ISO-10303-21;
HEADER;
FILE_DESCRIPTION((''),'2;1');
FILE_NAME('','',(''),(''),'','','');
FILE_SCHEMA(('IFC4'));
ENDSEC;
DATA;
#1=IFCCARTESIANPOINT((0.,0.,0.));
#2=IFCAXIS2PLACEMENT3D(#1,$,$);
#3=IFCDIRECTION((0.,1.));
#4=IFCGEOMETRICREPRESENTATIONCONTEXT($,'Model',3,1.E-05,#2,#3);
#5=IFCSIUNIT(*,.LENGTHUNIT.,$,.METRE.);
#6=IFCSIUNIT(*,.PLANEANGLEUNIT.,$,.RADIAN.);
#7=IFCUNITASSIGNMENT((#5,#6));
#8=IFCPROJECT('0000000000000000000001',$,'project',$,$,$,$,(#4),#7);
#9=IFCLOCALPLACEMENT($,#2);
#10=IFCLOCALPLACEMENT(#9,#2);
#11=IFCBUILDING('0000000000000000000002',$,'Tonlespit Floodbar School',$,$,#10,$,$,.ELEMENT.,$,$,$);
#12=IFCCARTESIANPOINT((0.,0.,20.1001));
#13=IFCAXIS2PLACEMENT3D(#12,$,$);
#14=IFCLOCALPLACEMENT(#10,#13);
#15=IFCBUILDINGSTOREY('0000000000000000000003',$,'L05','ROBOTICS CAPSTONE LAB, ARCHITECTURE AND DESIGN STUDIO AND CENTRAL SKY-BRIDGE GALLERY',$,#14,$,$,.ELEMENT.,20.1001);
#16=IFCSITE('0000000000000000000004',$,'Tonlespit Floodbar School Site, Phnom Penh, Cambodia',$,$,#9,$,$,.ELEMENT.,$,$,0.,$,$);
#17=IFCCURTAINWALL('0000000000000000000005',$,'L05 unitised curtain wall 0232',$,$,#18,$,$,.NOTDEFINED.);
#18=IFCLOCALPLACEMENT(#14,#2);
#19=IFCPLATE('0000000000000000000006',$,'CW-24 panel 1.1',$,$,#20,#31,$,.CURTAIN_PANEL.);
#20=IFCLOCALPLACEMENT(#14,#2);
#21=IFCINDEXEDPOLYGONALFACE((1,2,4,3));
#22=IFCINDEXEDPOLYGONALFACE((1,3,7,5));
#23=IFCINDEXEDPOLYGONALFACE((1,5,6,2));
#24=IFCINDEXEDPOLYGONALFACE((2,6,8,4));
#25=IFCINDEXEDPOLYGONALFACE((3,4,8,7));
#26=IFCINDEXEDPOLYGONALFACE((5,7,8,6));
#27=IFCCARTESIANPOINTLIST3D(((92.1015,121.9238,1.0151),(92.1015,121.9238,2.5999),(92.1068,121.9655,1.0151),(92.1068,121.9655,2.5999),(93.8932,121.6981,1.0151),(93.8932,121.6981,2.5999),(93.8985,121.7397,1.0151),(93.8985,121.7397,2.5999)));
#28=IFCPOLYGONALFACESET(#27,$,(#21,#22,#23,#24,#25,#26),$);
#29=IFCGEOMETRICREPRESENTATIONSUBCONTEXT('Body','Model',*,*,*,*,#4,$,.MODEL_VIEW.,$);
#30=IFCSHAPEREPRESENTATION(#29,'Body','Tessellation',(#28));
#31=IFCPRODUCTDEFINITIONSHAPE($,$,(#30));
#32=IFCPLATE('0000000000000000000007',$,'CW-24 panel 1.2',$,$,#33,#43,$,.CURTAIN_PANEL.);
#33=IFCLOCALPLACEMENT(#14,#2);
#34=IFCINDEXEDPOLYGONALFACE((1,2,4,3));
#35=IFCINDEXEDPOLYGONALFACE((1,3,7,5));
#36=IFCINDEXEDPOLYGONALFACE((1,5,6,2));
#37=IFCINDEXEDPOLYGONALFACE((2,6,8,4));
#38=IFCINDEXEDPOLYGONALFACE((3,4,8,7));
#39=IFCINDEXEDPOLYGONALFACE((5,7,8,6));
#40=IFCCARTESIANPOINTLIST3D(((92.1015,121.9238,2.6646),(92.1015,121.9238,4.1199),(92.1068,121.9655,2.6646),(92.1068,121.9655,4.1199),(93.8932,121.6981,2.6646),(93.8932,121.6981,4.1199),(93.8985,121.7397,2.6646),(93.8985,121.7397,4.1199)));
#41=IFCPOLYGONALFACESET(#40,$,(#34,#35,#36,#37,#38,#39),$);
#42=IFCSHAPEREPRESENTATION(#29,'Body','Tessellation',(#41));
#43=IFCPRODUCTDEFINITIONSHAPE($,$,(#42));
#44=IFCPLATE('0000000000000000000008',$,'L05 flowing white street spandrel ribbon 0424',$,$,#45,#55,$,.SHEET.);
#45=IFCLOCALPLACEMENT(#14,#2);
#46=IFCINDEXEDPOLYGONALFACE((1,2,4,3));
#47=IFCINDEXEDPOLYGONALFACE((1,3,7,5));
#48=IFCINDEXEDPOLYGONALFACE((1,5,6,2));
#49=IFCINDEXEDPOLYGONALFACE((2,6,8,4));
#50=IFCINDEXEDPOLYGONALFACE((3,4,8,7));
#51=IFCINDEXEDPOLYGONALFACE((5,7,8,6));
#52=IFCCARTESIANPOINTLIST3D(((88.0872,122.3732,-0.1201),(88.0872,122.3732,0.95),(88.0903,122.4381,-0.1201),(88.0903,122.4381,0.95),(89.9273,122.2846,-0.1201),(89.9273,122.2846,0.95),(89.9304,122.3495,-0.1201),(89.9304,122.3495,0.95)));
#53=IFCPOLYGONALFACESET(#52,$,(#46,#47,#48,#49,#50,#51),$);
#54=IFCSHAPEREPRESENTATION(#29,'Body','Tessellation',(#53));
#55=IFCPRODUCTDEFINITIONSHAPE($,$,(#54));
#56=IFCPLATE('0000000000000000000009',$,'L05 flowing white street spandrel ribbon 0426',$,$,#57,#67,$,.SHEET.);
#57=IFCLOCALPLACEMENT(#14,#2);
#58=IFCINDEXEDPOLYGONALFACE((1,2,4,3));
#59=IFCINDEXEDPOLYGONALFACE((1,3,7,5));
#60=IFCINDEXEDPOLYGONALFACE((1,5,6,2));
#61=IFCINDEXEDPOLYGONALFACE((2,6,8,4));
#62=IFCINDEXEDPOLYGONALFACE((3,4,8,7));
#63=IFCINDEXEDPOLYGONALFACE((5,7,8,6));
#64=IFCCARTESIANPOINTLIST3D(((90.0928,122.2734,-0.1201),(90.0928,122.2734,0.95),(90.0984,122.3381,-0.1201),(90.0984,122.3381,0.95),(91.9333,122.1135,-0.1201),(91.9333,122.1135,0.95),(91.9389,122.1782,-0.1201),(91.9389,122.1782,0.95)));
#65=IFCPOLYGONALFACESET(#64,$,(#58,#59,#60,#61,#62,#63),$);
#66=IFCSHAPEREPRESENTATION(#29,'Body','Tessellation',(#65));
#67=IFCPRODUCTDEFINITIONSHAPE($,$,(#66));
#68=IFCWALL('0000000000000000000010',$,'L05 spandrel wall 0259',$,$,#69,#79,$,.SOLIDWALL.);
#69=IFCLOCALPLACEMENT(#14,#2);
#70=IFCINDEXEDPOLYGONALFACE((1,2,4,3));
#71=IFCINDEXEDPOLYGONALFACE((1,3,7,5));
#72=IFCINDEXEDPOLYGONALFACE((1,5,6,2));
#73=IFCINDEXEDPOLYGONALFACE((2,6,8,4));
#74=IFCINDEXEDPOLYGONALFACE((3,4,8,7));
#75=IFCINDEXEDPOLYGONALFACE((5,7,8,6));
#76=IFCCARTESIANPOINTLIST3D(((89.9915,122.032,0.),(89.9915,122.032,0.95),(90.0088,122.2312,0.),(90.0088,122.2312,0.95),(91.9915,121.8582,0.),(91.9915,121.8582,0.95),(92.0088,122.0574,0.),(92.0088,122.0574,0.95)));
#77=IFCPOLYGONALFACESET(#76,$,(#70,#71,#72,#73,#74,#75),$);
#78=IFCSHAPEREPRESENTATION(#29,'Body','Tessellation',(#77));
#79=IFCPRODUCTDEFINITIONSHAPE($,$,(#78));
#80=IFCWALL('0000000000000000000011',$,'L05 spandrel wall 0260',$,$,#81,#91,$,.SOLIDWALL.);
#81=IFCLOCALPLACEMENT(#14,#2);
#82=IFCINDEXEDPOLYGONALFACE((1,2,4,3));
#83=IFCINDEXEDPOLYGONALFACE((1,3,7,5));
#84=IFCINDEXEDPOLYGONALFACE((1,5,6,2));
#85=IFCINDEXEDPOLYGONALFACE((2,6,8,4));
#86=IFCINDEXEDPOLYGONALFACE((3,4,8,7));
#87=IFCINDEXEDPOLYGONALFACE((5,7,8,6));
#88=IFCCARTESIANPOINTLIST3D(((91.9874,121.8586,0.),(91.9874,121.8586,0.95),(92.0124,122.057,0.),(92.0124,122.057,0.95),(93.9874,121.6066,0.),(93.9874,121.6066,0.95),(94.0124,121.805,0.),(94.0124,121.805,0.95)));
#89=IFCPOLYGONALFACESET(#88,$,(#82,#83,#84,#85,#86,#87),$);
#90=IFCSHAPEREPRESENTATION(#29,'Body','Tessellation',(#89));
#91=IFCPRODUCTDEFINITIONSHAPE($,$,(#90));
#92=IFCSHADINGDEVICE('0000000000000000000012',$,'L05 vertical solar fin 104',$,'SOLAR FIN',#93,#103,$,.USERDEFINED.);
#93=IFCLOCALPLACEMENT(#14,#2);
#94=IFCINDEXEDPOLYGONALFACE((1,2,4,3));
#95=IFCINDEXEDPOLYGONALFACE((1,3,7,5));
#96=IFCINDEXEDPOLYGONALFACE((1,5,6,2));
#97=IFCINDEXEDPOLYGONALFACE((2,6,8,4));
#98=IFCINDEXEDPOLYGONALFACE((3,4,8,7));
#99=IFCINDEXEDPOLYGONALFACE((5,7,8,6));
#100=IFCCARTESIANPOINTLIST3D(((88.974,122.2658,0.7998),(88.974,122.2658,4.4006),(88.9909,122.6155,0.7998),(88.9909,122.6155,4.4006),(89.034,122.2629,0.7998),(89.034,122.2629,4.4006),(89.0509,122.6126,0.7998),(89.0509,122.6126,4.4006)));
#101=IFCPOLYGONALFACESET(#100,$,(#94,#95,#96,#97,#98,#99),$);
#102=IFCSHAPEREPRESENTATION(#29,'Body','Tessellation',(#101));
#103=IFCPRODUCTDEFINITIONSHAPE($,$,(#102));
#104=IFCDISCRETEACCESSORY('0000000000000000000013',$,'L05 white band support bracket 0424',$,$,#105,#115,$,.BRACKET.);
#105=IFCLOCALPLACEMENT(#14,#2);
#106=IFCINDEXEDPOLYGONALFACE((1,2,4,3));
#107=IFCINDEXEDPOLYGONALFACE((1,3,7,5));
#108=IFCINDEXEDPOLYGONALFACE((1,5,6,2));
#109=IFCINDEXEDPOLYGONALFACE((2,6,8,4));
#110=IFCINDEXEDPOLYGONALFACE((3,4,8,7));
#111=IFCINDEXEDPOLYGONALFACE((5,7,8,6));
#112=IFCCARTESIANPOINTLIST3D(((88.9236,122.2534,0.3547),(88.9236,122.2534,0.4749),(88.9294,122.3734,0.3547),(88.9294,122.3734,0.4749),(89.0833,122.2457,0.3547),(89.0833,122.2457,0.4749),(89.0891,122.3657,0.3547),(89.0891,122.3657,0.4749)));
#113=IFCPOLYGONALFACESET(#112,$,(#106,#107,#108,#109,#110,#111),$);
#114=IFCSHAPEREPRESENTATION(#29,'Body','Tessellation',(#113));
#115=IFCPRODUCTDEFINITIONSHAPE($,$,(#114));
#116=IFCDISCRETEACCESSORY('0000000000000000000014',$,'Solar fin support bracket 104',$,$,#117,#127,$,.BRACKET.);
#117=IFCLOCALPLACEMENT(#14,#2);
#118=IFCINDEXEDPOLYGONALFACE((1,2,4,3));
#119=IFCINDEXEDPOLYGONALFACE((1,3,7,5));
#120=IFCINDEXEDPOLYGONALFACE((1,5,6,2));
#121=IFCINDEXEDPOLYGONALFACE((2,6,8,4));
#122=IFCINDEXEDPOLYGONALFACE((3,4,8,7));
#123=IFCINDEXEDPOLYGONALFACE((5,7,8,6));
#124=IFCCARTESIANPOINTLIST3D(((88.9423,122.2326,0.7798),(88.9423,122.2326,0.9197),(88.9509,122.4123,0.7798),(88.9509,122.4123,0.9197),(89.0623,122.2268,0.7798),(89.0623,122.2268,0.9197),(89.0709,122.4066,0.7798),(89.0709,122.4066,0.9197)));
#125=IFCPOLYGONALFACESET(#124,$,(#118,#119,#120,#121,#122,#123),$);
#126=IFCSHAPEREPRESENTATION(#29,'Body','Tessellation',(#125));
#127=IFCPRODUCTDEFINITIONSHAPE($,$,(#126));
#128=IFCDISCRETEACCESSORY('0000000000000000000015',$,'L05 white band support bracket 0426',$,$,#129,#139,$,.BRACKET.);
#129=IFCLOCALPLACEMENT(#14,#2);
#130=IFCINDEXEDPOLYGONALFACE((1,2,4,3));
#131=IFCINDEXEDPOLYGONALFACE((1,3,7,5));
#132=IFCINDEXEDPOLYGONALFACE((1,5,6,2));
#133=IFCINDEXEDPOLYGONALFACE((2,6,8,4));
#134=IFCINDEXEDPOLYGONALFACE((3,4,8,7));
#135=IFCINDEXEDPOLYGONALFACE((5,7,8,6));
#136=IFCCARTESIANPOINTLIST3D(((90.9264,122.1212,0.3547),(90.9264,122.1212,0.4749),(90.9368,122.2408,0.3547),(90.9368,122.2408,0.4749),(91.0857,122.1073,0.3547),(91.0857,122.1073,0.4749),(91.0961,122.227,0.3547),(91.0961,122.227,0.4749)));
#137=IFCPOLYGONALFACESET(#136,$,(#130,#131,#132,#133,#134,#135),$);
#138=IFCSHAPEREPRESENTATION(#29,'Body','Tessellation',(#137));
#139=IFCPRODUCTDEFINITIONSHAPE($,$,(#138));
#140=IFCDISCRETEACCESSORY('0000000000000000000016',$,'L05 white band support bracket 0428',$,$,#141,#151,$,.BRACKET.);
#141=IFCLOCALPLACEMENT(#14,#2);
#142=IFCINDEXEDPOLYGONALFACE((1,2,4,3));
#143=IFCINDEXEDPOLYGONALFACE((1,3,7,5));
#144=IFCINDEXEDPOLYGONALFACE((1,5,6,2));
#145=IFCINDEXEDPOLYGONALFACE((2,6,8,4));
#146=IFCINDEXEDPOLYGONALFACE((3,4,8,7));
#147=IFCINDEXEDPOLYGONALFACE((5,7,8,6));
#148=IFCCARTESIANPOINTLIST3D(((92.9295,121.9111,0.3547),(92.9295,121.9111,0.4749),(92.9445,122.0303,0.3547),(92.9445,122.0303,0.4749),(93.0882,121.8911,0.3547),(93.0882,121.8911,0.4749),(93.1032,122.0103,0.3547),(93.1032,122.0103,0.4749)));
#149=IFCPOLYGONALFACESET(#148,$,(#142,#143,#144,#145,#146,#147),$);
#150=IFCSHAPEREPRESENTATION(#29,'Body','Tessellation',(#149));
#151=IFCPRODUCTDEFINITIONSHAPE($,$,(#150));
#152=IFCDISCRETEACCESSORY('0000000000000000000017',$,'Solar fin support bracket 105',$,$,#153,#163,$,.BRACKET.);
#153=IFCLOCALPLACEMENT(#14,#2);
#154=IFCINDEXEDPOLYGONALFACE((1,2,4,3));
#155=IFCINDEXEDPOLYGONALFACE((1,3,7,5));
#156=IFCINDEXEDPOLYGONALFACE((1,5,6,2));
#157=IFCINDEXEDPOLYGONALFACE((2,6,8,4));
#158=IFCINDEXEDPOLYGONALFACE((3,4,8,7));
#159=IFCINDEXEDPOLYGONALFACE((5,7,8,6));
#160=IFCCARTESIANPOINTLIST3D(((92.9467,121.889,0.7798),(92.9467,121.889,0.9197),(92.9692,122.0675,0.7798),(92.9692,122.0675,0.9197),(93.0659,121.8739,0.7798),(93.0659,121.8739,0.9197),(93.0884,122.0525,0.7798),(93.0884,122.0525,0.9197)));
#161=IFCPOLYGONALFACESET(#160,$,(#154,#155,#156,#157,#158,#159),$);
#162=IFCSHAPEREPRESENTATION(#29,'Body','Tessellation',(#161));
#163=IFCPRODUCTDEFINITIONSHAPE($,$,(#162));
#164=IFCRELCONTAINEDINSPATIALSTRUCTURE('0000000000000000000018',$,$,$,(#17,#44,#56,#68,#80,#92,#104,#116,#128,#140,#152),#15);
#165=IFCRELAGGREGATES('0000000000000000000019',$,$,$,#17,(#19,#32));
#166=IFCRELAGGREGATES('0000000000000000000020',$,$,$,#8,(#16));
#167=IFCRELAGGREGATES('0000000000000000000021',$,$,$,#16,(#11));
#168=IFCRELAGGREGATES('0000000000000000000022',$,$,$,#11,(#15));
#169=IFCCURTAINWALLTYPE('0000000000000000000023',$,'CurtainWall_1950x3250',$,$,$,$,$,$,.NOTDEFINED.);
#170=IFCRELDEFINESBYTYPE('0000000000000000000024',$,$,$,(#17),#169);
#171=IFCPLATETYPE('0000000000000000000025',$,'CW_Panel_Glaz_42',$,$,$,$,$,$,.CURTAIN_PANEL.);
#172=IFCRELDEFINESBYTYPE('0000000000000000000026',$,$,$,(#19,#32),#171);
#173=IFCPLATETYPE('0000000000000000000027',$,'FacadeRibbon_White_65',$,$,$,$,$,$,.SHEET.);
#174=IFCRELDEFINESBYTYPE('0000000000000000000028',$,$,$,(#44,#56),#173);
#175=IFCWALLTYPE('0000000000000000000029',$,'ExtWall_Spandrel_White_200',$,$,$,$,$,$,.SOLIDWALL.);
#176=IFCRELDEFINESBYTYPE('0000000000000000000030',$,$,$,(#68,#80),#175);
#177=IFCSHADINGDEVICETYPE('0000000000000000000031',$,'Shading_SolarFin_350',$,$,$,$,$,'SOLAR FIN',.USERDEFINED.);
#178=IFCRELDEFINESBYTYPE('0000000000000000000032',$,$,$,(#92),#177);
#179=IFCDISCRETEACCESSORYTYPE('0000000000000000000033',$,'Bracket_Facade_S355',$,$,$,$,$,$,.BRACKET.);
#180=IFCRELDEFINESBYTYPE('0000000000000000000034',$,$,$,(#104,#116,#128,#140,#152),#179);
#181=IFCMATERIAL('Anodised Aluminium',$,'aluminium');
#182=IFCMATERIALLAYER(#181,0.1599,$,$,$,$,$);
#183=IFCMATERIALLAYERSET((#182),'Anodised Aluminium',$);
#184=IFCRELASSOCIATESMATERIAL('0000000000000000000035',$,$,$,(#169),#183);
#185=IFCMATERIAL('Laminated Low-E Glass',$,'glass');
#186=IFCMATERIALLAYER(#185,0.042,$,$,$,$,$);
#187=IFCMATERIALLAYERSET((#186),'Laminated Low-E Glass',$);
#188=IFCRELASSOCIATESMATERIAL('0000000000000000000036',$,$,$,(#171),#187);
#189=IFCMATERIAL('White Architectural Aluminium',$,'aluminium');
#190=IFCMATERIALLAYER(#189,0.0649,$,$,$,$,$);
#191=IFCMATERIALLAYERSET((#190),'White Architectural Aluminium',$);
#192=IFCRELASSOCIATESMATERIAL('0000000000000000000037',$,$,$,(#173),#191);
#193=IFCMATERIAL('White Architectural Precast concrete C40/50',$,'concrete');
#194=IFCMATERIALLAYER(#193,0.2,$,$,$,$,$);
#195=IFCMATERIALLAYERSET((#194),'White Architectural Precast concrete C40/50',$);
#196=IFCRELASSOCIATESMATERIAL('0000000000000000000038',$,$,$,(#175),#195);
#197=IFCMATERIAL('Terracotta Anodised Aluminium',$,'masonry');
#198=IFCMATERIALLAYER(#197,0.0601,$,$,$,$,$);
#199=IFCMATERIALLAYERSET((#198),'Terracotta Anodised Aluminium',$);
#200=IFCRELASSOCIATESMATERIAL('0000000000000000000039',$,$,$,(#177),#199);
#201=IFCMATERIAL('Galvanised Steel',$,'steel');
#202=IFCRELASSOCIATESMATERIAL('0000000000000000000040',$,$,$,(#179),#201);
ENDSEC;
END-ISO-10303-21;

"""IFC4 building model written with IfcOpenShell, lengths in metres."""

from ifc_helpers import new_model, si_unit, direction, frame, frame_2d, origin, origin_2d, place, context, subcontext, project, spatial, rectangle, extrude, material, layer, layer_set, type_object, element, aggregate, save


model = new_model("IFC4")

# Units and contexts
model_context = context("Model", 3, precision=1e-05, world=origin(), true_north=direction((0.0, 1.0)))
body_context = subcontext(model_context, "Body", "Model", "MODEL_VIEW")
ifc_project = project(units=[si_unit("LENGTHUNIT", "METRE"), si_unit("PLANEANGLEUNIT", "RADIAN")], contexts=[model_context])

# Site, building, storey
site_placement = place(None, origin())
site = spatial("IfcSite", under=ifc_project, at=site_placement, Name="Tonlespit Floodbar School Site, Phnom Penh, Cambodia", CompositionType="ELEMENT", RefElevation=0.0)
building_placement = place(site_placement, origin())
building = spatial("IfcBuilding", under=site, at=building_placement, Name="Tonlespit Floodbar School", CompositionType="ELEMENT")
storey_placement = place(building_placement, frame((0.0, 0.0, 20.1001)))
storey = spatial("IfcBuildingStorey", under=building, at=storey_placement, Name="L05", Description="ROBOTICS CAPSTONE LAB, ARCHITECTURE AND DESIGN STUDIO AND CENTRAL SKY-BRIDGE GALLERY", CompositionType="ELEMENT", Elevation=20.1001)

# Curtain wall
ifc_material_1 = material(Name="Anodised Aluminium", Category="aluminium")
ifc_layer_1 = layer(ifc_material_1, 0.1599)
ifc_layer_set_1 = layer_set([ifc_layer_1], Name="Anodised Aluminium")
curtain_wall_type_1 = type_object("IfcCurtainWallType", Name="CurtainWall_1950x3250", PredefinedType="NOTDEFINED", material=ifc_layer_set_1)
curtain_wall_1_placement = place(storey_placement, origin())
curtain_wall_1 = element("IfcCurtainWall", 1, at=curtain_wall_1_placement, inside=storey, type_object=curtain_wall_type_1, Name="L05 unitised curtain wall 0232", PredefinedType="NOTDEFINED")

# Plates
ifc_material_2 = material(Name="Laminated Low-E Glass", Category="glass")
ifc_layer_2 = layer(ifc_material_2, 0.042)
ifc_layer_set_2 = layer_set([ifc_layer_2], Name="Laminated Low-E Glass")
plate_type_1 = type_object("IfcPlateType", Name="CW_Panel_Glaz_42", PredefinedType="CURTAIN_PANEL", material=ifc_layer_set_2)
plate_1_placement = place(storey_placement, frame((93.0, 121.8318, 1.0151), z_axis=(0.0, 0.0, 1.0), x_axis=(0.992155, -0.125014, 0.0)))
plate_1 = element("IfcPlate", 2, at=plate_1_placement, type_object=plate_type_1, Name="CW-24 panel 1.1", PredefinedType="CURTAIN_PANEL", context=body_context, shape_type="SweptSolid", body=[
    extrude(rectangle(XDim=1.8059, YDim=0.042, at=origin_2d()), origin(), (0.0, 0.0, 1.0), 1.5847),
])
plate_2_placement = place(storey_placement, frame((93.0, 121.8318, 2.6646), z_axis=(0.0, 0.0, 1.0), x_axis=(0.992155, -0.125014, 0.0)))
plate_2 = element("IfcPlate", 3, at=plate_2_placement, type_object=plate_type_1, Name="CW-24 panel 1.2", PredefinedType="CURTAIN_PANEL", context=body_context, shape_type="SweptSolid", body=[
    extrude(rectangle(XDim=1.8059, YDim=0.042, at=origin_2d()), origin(), (0.0, 0.0, 1.0), 1.4553),
])
aggregate(curtain_wall_1, [plate_1, plate_2])

# Plates
ifc_material_3 = material(Name="White Architectural Aluminium", Category="aluminium")
ifc_layer_3 = layer(ifc_material_3, 0.0649)
ifc_layer_set_3 = layer_set([ifc_layer_3], Name="White Architectural Aluminium")
plate_type_2 = type_object("IfcPlateType", Name="FacadeRibbon_White_65", PredefinedType="SHEET", material=ifc_layer_set_3)
plate_3_placement = place(storey_placement, frame((89.0088, 122.3613, -0.1201), z_axis=(0.0, 0.0, 1.0), x_axis=(0.998843, -0.048095, 0.0)))
element("IfcPlate", 4, at=plate_3_placement, inside=storey, type_object=plate_type_2, Name="L05 flowing white street spandrel ribbon 0424", PredefinedType="SHEET", context=body_context, shape_type="SweptSolid", body=[
    extrude(rectangle(XDim=1.8423, YDim=0.0649, at=origin_2d()), origin(), (0.0, 0.0, 1.0), 1.0701),
])
plate_4_placement = place(storey_placement, frame((91.0159, 122.2258, -0.1201), z_axis=(0.0, 0.0, 1.0), x_axis=(0.996245, -0.086573, 0.0)))
element("IfcPlate", 5, at=plate_4_placement, inside=storey, type_object=plate_type_2, Name="L05 flowing white street spandrel ribbon 0426", PredefinedType="SHEET", context=body_context, shape_type="SweptSolid", body=[
    extrude(rectangle(XDim=1.8474, YDim=0.0649, at=origin_2d()), origin(), (0.0, 0.0, 1.0), 1.0701),
])

# Walls
ifc_material_4 = material(Name="White Architectural Precast concrete C40/50", Category="concrete")
ifc_layer_4 = layer(ifc_material_4, 0.2)
ifc_layer_set_4 = layer_set([ifc_layer_4], Name="White Architectural Precast concrete C40/50")
wall_type = type_object("IfcWallType", Name="ExtWall_Spandrel_White_200", PredefinedType="SOLIDWALL", material=ifc_layer_set_4)
wall_1_placement = place(storey_placement, frame((90.0, 122.1316, 0.0), z_axis=(0.0, 0.0, 1.0), x_axis=(0.996244, -0.086588, 0.0)))
element("IfcWall", 6, at=wall_1_placement, inside=storey, type_object=wall_type, Name="L05 spandrel wall 0259", PredefinedType="SOLIDWALL", context=body_context, shape_type="SweptSolid", body=[
    extrude(rectangle(XDim=2.0076, YDim=0.2, at=frame_2d((1.0039, 0.0))), origin(), (0.0, 0.0, 1.0), 0.95),
])
wall_2_placement = place(storey_placement, frame((92.0, 121.9578, 0.0), z_axis=(0.0, 0.0, 1.0), x_axis=(0.992158, -0.124989, 0.0)))
element("IfcWall", 7, at=wall_2_placement, inside=storey, type_object=wall_type, Name="L05 spandrel wall 0260", PredefinedType="SOLIDWALL", context=body_context, shape_type="SweptSolid", body=[
    extrude(rectangle(XDim=2.0159, YDim=0.2, at=frame_2d((1.0078, 0.0))), origin(), (0.0, 0.0, 1.0), 0.95),
])

# Shading device
ifc_material_5 = material(Name="Terracotta Anodised Aluminium", Category="masonry")
ifc_layer_5 = layer(ifc_material_5, 0.0601)
ifc_layer_set_5 = layer_set([ifc_layer_5], Name="Terracotta Anodised Aluminium")
shading_device_type = type_object("IfcShadingDeviceType", Name="Shading_SolarFin_350", ElementType="SOLAR FIN", PredefinedType="USERDEFINED", material=ifc_layer_set_5)
shading_device_placement = place(storey_placement, frame((89.0125, 122.4392, 0.7998), z_axis=(0.0, 0.0, 1.0), x_axis=(0.998843, -0.048095, 0.0)))
element("IfcShadingDevice", 8, at=shading_device_placement, inside=storey, type_object=shading_device_type, Name="L05 vertical solar fin 104", ObjectType="SOLAR FIN", PredefinedType="USERDEFINED", context=body_context, shape_type="SweptSolid", body=[
    extrude(rectangle(XDim=0.0601, YDim=0.3501, at=origin_2d()), origin(), (0.0, 0.0, 1.0), 3.6008),
])

# Discrete accessories
ifc_material_6 = material(Name="Galvanised Steel", Category="steel")
discrete_accessory_type = type_object("IfcDiscreteAccessoryType", Name="Bracket_Facade_S355", PredefinedType="BRACKET", material=ifc_material_6)
discrete_accessory_1_placement = place(storey_placement, frame((89.0063, 122.3096, 0.3547), z_axis=(0.0, 0.0, 1.0), x_axis=(0.998843, -0.048095, 0.0)))
element("IfcDiscreteAccessory", 9, at=discrete_accessory_1_placement, inside=storey, type_object=discrete_accessory_type, Name="L05 white band support bracket 0424", PredefinedType="BRACKET", context=body_context, shape_type="SweptSolid", body=[
    extrude(rectangle(XDim=0.1599, YDim=0.1201, at=origin_2d()), origin(), (0.0, 0.0, 1.0), 0.1201),
])
discrete_accessory_2_placement = place(storey_placement, frame((89.0066, 122.3196, 0.7798), z_axis=(0.0, 0.0, 1.0), x_axis=(0.998843, -0.048095, 0.0)))
element("IfcDiscreteAccessory", 10, at=discrete_accessory_2_placement, inside=storey, type_object=discrete_accessory_type, Name="Solar fin support bracket 104", PredefinedType="BRACKET", context=body_context, shape_type="SweptSolid", body=[
    extrude(rectangle(XDim=0.1201, YDim=0.1799, at=origin_2d()), origin(), (0.0, 0.0, 1.0), 0.1399),
])
for number, where, z_axis, x_axis, name in (
    (11, (91.0112, 122.1741, 0.3547), (0.0, 0.0, 1.0), (0.996245, -0.086573, 0.0), "L05 white band support bracket 0426"),
    (12, (93.0164, 121.9607, 0.3547), (0.0, 0.0, 1.0), (0.992155, -0.125011, 0.0), "L05 white band support bracket 0428"),
):
    element("IfcDiscreteAccessory", number, at=place(storey_placement, frame(where, z_axis=z_axis, x_axis=x_axis)), inside=storey, type_object=discrete_accessory_type, Name=name, PredefinedType="BRACKET", context=body_context, shape_type="SweptSolid", body=[
        extrude(rectangle(XDim=0.1599, YDim=0.1201, at=origin_2d()), origin(), (0.0, 0.0, 1.0), 0.1201),
    ])
discrete_accessory_3_placement = place(storey_placement, frame((93.0176, 121.9707, 0.7798), z_axis=(0.0, 0.0, 1.0), x_axis=(0.992155, -0.125011, 0.0)))
element("IfcDiscreteAccessory", 13, at=discrete_accessory_3_placement, inside=storey, type_object=discrete_accessory_type, Name="Solar fin support bracket 105", PredefinedType="BRACKET", context=body_context, shape_type="SweptSolid", body=[
    extrude(rectangle(XDim=0.1201, YDim=0.1799, at=origin_2d()), origin(), (0.0, 0.0, 1.0), 0.1399),
])

save(model, "model.ifc")
